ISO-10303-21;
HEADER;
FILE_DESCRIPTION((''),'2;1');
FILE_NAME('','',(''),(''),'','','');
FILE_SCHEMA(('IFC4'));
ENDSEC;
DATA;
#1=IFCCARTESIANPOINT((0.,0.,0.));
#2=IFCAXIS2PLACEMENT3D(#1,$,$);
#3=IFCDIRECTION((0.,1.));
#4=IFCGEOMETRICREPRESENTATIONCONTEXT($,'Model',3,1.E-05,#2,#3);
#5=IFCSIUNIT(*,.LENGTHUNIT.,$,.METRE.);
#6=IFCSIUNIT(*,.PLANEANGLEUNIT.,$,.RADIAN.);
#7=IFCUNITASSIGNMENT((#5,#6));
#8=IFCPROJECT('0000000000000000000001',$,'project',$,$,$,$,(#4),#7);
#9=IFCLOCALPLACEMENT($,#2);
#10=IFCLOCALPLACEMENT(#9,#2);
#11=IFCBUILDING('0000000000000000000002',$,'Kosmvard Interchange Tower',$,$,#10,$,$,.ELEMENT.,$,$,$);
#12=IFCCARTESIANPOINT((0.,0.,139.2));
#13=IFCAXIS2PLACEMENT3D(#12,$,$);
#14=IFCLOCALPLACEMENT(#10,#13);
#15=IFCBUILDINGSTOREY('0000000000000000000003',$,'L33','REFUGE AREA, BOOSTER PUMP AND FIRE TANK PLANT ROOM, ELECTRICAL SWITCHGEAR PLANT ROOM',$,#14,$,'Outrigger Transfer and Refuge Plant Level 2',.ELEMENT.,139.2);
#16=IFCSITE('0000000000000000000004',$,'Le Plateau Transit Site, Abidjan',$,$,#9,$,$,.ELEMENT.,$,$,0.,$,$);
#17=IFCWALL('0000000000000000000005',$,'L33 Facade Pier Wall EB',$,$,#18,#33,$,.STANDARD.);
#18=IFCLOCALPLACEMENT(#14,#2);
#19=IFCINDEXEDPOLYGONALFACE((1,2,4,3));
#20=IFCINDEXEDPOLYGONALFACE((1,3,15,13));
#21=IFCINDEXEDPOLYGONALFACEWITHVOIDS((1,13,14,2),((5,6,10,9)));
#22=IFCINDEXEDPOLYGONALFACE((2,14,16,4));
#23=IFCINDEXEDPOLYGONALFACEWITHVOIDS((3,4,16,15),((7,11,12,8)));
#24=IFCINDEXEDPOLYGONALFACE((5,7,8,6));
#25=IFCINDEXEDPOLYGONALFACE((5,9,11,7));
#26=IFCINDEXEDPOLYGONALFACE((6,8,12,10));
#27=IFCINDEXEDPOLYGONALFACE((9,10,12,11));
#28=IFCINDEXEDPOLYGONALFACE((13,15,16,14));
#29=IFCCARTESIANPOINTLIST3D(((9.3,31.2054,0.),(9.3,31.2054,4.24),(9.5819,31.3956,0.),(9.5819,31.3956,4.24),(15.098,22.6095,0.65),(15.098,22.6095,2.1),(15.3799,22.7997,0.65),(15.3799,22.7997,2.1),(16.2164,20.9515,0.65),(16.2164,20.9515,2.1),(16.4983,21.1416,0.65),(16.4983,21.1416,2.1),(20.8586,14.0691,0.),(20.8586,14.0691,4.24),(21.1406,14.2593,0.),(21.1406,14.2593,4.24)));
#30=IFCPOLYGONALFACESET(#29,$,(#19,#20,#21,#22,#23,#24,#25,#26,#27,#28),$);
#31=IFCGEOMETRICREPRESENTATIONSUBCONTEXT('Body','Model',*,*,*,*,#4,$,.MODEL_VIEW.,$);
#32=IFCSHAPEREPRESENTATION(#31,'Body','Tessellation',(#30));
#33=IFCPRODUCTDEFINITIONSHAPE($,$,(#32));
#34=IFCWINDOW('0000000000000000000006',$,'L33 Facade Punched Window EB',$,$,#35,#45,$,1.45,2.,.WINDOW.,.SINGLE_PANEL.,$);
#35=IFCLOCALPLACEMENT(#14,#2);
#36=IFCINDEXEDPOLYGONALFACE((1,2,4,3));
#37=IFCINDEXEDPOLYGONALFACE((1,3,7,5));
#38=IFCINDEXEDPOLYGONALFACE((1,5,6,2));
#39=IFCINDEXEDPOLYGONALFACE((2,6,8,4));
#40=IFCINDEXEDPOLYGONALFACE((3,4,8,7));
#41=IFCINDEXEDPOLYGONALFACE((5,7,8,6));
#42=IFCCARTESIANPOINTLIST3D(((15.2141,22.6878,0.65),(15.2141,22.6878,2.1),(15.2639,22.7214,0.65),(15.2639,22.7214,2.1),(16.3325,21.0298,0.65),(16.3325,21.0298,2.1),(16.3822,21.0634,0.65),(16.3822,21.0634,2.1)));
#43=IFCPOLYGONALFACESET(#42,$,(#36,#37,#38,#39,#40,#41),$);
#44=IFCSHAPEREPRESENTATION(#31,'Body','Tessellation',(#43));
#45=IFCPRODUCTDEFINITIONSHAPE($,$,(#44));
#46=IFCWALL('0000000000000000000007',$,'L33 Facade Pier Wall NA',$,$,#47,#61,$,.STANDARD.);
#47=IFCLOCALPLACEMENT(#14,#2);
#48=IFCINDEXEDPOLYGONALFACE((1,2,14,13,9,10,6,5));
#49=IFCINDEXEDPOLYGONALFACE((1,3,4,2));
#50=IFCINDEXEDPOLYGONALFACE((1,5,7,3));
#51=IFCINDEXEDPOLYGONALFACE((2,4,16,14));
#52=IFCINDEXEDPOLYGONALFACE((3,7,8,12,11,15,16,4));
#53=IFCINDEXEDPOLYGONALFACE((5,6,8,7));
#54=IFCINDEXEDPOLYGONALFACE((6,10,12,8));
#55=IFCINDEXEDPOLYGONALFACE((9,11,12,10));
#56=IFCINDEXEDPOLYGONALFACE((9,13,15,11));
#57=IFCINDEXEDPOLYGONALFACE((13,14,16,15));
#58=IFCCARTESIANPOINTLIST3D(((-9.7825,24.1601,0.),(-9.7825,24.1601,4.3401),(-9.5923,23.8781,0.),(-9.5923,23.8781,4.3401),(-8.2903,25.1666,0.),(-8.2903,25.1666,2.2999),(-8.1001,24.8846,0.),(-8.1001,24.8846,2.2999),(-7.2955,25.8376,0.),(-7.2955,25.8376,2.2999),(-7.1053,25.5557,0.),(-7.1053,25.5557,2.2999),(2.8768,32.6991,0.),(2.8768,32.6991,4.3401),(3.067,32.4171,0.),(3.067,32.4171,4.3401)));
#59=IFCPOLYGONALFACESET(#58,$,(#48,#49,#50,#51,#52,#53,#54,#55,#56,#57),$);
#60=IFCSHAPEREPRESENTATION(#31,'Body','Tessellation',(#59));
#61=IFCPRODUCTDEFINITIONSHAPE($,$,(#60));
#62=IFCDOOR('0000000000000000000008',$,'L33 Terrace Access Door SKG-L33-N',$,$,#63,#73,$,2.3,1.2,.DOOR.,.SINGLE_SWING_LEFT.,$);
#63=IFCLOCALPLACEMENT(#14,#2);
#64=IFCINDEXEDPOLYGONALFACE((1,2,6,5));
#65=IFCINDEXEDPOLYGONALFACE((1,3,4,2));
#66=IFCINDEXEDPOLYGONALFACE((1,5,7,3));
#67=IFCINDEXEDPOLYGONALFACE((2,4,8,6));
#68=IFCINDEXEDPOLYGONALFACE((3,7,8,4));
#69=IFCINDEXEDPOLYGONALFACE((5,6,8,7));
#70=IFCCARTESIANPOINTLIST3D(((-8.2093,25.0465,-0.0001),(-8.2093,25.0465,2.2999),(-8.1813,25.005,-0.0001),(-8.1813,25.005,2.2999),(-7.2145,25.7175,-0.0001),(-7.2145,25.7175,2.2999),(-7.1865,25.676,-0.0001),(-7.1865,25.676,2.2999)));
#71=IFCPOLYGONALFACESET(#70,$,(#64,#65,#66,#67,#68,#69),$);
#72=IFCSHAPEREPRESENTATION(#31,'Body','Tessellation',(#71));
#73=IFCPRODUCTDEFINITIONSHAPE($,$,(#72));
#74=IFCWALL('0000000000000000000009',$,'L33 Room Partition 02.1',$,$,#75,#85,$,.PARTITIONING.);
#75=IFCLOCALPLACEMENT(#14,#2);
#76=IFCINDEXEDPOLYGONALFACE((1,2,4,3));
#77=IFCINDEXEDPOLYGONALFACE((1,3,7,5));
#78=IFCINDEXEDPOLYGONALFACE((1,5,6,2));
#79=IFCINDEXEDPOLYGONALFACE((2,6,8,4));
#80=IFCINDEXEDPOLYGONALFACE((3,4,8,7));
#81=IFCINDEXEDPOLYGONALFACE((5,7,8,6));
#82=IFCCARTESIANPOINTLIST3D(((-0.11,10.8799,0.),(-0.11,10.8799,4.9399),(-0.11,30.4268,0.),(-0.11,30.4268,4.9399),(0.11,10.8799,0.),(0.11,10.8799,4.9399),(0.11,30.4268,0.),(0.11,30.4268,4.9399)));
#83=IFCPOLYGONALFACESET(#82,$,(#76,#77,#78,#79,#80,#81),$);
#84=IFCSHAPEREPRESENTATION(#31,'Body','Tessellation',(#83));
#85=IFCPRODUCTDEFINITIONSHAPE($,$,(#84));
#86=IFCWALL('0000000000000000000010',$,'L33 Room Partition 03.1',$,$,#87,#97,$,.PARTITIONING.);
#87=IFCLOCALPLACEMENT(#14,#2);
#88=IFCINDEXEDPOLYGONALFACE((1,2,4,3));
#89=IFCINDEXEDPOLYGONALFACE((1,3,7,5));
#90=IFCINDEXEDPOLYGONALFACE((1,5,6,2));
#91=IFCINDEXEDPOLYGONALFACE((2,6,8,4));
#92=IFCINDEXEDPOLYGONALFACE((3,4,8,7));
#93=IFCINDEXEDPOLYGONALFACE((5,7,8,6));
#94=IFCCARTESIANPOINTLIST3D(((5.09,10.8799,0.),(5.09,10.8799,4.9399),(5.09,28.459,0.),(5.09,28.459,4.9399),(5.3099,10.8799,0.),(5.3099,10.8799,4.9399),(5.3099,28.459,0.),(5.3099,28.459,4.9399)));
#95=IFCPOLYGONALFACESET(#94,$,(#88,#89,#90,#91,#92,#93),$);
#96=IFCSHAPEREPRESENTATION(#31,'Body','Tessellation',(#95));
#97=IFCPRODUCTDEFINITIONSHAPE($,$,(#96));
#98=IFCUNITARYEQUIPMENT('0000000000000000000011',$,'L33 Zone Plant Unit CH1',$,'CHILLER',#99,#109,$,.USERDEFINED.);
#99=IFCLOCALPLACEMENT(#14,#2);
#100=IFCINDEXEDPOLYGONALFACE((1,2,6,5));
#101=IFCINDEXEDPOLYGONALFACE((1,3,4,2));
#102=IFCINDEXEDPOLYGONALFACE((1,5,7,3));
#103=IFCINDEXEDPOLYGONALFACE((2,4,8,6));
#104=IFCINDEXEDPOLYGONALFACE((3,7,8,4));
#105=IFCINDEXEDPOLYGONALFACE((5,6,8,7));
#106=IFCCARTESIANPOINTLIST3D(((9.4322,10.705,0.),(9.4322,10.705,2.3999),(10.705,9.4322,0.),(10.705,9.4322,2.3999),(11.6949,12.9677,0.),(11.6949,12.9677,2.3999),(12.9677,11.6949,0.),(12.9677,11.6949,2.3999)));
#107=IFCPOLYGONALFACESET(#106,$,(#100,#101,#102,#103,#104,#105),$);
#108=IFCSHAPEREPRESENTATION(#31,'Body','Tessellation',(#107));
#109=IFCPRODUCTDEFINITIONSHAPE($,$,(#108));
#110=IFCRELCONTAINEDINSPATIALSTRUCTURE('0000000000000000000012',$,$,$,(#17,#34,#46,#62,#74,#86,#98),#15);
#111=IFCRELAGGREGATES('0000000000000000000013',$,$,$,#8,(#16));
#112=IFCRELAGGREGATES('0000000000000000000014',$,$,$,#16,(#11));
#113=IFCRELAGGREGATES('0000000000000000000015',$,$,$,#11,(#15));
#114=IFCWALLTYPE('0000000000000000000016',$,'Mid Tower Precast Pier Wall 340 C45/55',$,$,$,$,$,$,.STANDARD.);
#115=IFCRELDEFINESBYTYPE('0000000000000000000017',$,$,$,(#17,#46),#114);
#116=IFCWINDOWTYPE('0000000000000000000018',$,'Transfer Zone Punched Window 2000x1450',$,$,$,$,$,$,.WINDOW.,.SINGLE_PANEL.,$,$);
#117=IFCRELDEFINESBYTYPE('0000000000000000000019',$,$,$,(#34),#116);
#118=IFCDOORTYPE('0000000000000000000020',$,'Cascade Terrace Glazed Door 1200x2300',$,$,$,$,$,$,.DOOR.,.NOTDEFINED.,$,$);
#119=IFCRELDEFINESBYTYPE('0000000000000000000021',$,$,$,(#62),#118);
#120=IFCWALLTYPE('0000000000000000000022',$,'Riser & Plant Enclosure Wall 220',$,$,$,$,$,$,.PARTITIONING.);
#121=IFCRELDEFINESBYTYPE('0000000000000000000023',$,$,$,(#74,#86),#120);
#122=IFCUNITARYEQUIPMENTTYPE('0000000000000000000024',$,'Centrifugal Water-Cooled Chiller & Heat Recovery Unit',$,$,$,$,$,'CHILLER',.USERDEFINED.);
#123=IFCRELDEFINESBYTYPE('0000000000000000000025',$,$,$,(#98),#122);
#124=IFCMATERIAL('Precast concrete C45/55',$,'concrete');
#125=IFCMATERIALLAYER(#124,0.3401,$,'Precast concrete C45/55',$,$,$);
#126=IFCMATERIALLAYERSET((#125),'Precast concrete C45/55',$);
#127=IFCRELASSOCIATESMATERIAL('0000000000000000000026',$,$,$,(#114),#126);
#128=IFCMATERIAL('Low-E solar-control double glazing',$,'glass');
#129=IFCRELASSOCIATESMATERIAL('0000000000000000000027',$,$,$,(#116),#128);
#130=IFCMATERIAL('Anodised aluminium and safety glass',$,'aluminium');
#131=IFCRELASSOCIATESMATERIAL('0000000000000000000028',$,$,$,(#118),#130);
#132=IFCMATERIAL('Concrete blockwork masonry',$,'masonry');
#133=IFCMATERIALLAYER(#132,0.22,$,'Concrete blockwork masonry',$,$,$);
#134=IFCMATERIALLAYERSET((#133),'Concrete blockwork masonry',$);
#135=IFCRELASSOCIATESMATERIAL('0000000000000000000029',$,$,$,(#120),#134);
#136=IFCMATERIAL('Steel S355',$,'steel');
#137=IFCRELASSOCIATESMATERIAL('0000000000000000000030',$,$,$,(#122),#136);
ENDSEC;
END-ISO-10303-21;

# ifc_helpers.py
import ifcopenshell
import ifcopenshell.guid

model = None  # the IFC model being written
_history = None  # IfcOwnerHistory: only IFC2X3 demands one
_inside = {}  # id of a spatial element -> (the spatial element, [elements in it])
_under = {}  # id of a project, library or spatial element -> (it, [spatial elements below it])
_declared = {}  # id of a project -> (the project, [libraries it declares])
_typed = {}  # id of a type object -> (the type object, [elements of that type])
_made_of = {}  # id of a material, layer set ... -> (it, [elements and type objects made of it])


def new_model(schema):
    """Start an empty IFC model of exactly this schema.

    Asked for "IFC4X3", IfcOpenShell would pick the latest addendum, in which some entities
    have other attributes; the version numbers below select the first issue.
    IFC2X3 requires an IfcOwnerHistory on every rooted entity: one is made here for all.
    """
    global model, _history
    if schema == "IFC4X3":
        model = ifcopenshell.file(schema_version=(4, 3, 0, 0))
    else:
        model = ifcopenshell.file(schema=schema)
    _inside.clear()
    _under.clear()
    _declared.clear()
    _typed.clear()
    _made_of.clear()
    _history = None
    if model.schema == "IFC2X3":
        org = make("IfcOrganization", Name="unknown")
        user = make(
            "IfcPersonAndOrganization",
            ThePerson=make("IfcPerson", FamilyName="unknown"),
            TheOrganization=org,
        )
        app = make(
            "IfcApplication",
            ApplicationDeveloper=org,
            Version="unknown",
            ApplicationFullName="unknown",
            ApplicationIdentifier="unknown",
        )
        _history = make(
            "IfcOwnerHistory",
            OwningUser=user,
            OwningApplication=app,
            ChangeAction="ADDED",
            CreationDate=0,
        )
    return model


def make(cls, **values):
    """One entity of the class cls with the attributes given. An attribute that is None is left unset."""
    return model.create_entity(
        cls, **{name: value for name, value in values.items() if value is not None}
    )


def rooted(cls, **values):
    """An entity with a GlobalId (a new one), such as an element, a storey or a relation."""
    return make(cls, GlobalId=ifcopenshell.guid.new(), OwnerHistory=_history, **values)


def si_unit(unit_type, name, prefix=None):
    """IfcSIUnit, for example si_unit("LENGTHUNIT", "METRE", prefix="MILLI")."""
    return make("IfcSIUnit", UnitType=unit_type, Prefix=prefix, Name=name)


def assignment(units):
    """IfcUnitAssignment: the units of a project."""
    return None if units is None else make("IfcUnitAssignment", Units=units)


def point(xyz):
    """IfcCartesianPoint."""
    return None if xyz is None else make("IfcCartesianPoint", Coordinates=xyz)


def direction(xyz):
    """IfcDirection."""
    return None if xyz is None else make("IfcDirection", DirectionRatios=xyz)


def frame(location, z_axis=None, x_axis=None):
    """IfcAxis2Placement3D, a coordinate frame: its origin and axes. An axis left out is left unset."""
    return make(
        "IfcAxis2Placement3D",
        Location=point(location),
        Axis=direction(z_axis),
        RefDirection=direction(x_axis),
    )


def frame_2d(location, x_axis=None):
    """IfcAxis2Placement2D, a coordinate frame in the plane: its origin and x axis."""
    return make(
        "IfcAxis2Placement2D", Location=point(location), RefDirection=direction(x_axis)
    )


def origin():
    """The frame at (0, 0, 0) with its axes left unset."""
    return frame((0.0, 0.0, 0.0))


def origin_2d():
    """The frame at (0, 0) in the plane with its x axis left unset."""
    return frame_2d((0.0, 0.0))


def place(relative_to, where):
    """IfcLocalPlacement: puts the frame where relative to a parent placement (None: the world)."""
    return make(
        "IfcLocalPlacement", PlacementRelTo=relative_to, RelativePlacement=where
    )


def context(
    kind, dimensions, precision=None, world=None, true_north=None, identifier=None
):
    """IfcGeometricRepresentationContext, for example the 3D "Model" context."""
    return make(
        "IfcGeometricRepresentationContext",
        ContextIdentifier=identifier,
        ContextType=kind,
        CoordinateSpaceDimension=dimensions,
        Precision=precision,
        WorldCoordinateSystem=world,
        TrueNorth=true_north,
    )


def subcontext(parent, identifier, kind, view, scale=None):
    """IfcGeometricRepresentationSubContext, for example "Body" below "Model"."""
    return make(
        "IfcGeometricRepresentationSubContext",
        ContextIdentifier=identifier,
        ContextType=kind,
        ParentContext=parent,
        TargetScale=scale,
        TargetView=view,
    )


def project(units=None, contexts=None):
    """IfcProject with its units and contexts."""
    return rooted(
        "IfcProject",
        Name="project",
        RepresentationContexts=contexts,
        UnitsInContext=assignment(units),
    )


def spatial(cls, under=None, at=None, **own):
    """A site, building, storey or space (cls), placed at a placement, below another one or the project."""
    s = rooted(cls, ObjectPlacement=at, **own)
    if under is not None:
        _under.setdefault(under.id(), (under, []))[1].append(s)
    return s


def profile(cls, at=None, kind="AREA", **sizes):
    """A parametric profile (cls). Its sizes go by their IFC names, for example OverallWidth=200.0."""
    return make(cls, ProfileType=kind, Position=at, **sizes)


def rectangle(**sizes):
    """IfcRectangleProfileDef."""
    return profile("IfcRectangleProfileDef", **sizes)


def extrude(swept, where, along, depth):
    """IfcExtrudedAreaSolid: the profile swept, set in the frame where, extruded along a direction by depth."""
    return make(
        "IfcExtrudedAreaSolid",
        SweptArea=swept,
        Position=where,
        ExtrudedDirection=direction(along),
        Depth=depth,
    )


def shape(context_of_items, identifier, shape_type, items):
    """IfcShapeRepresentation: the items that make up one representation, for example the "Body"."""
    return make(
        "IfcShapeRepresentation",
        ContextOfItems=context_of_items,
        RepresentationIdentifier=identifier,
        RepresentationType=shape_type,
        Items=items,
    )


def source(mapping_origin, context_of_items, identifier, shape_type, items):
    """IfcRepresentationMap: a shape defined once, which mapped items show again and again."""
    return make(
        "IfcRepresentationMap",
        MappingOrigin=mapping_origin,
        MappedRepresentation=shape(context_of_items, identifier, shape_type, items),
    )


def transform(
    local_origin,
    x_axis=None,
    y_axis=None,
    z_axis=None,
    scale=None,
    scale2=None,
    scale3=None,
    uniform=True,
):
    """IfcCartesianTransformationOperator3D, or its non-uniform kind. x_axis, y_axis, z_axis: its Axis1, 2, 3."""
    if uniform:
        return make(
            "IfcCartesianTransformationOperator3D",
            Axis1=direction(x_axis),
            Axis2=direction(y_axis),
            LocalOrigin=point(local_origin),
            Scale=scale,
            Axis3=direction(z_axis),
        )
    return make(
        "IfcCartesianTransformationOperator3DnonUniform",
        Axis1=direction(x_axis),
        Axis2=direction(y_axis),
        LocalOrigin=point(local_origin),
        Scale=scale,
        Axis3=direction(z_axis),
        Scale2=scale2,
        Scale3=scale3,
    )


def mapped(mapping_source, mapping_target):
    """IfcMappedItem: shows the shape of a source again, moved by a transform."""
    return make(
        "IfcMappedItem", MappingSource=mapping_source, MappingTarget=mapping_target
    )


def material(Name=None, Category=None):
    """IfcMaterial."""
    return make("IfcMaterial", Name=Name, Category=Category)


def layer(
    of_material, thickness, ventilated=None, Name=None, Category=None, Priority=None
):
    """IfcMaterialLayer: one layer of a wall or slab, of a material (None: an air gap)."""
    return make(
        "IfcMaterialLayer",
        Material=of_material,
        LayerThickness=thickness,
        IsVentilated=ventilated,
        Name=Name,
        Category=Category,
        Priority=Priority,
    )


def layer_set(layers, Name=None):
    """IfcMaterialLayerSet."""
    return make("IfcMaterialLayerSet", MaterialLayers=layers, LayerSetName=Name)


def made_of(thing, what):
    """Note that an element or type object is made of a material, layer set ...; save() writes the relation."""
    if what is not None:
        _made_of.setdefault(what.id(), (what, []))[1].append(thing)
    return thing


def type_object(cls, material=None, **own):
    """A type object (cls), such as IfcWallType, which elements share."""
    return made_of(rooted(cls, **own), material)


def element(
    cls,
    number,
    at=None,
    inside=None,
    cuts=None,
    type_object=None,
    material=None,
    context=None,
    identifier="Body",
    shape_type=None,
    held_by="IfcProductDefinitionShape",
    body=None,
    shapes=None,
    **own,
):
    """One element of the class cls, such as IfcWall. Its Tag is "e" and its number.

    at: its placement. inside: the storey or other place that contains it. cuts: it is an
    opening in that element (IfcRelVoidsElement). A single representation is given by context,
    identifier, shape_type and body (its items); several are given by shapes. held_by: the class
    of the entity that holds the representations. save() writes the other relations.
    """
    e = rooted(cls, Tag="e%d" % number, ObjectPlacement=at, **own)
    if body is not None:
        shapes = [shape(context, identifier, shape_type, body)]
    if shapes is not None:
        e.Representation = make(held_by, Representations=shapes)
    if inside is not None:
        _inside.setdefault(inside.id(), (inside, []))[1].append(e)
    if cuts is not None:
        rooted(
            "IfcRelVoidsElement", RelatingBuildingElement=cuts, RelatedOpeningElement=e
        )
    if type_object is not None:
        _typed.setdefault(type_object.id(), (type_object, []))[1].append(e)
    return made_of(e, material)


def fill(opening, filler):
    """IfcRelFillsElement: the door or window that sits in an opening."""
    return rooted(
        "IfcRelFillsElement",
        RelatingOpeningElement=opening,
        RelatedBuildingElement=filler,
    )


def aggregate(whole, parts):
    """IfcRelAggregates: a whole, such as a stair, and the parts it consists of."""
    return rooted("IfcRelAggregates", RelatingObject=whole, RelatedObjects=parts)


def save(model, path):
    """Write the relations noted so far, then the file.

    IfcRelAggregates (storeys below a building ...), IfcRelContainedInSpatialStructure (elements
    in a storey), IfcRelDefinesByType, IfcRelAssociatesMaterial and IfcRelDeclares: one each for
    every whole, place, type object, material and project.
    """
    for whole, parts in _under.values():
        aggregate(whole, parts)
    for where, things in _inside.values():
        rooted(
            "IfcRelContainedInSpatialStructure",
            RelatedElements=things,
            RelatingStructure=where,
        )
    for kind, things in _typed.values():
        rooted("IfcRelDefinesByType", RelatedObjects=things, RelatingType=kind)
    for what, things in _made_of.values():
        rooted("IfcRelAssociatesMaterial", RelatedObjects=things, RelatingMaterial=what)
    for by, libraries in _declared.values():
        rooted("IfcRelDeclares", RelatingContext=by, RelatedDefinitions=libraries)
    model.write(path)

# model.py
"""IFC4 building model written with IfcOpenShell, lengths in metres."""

from ifc_helpers import new_model, si_unit, direction, frame, frame_2d, origin, origin_2d, place, context, subcontext, project, spatial, rectangle, extrude, source, transform, mapped, material, layer, layer_set, type_object, element, fill, save


model = new_model("IFC4")

# Units and contexts
model_context = context("Model", 3, precision=1e-05, world=origin(), true_north=direction((0.0, 1.0)))
body_context = subcontext(model_context, "Body", "Model", "MODEL_VIEW")
ifc_project = project(units=[si_unit("LENGTHUNIT", "METRE"), si_unit("PLANEANGLEUNIT", "RADIAN")], contexts=[model_context])

# Site, building, storey
site_placement = place(None, origin())
site = spatial("IfcSite", under=ifc_project, at=site_placement, Name="Le Plateau Transit Site, Abidjan", CompositionType="ELEMENT", RefElevation=0.0)
building_placement = place(site_placement, origin())
building = spatial("IfcBuilding", under=site, at=building_placement, Name="Kosmvard Interchange Tower", CompositionType="ELEMENT")
storey_placement = place(building_placement, frame((0.0, 0.0, 139.2)))
storey = spatial("IfcBuildingStorey", under=building, at=storey_placement, Name="L33", Description="REFUGE AREA, BOOSTER PUMP AND FIRE TANK PLANT ROOM, ELECTRICAL SWITCHGEAR PLANT ROOM", LongName="Outrigger Transfer and Refuge Plant Level 2", CompositionType="ELEMENT", Elevation=139.2)

# Shared definitions
ifc_material_1 = material(Name="Steel S355", Category="steel")

# Shared definitions
ifc_material_2 = material(Name="Precast concrete C45/55", Category="concrete")
ifc_layer_1 = layer(ifc_material_2, 0.3401, Name="Precast concrete C45/55")
ifc_layer_set_1 = layer_set([ifc_layer_1], Name="Precast concrete C45/55")
wall_type_1 = type_object("IfcWallType", Name="Mid Tower Precast Pier Wall 340 C45/55", PredefinedType="STANDARD", material=ifc_layer_set_1)

# Wall, opening, window
wall_1_placement = place(storey_placement, frame((20.9995, 14.1643, 0.0), z_axis=(0.0, 0.0, 1.0), x_axis=(-0.559195, 0.829036, 0.0)))
wall_1 = element("IfcWall", 1, at=wall_1_placement, inside=storey, type_object=wall_type_1, Name="L33 Facade Pier Wall EB", PredefinedType="STANDARD", context=body_context, shape_type="SweptSolid", body=[
    extrude(rectangle(XDim=20.6702, YDim=0.3401, at=frame_2d((10.335, 0.0))), origin(), (0.0, 0.0, 1.0), 4.24),
])
opening_1_placement = place(wall_1_placement, frame((8.3015, 0.0, 0.6499)))
opening_1 = element("IfcOpeningElement", 2, at=opening_1_placement, cuts=wall_1, PredefinedType="OPENING", context=body_context, shape_type="SweptSolid", body=[
    extrude(rectangle(XDim=2.0, YDim=1.45, at=frame_2d((1.0, 0.7251))), frame((0.0, 0.1802, 0.0), z_axis=(0.0, -1.0, 0.0), x_axis=(1.0, 0.0, 0.0)), (0.0, 0.0, 1.0), 0.3601),
])
ifc_material_3 = material(Name="Low-E solar-control double glazing", Category="glass")
window_type = type_object("IfcWindowType", Name="Transfer Zone Punched Window 2000x1450", PartitioningType="SINGLE_PANEL", PredefinedType="WINDOW", material=ifc_material_3)
shared_shape_1 = source(origin(), body_context, "Body", "SweptSolid", [
    extrude(rectangle(XDim=2.0, YDim=1.45, at=frame_2d((1.0, 0.7251))), frame((0.0, 0.03, 0.0), z_axis=(0.0, -1.0, 0.0), x_axis=(1.0, 0.0, 0.0)), (0.0, 0.0, 1.0), 0.0601),
])
window_placement = place(opening_1_placement, origin())
window = element("IfcWindow", 3, at=window_placement, inside=storey, type_object=window_type, Name="L33 Facade Punched Window EB", OverallHeight=1.45, OverallWidth=2.0, PartitioningType="SINGLE_PANEL", PredefinedType="WINDOW", context=body_context, shape_type="MappedRepresentation", body=[
    mapped(shared_shape_1, transform((0.0, 0.0, 0.0), scale=1.0)),
])
fill(opening_1, window)

# Wall, opening, door
wall_2_placement = place(storey_placement, frame((2.9719, 32.5581, 0.0), z_axis=(0.0, 0.0, 1.0), x_axis=(-0.829032, -0.559201, 0.0)))
wall_2 = element("IfcWall", 4, at=wall_2_placement, inside=storey, type_object=wall_type_1, Name="L33 Facade Pier Wall NA", PredefinedType="STANDARD", context=body_context, shape_type="SweptSolid", body=[
    extrude(rectangle(XDim=15.27, YDim=0.3401, at=frame_2d((7.635, 0.0))), origin(), (0.0, 0.0, 1.0), 4.3401),
])
opening_2_placement = place(wall_2_placement, frame((12.27, 0.0, 0.0)))
opening_2 = element("IfcOpeningElement", 5, at=opening_2_placement, cuts=wall_2, PredefinedType="OPENING", context=body_context, shape_type="SweptSolid", body=[
    extrude(rectangle(XDim=1.2, YDim=2.3, at=frame_2d((0.6001, 1.1499))), frame((0.0, 0.1802, 0.0), z_axis=(0.0, -1.0, 0.0), x_axis=(1.0, 0.0, 0.0)), (0.0, 0.0, 1.0), 0.3601),
])
ifc_material_4 = material(Name="Anodised aluminium and safety glass", Category="aluminium")
door_type = type_object("IfcDoorType", Name="Cascade Terrace Glazed Door 1200x2300", OperationType="NOTDEFINED", PredefinedType="DOOR", material=ifc_material_4)
shared_shape_2 = source(origin(), body_context, "Body", "SweptSolid", [
    extrude(rectangle(XDim=1.2, YDim=2.3, at=frame_2d((0.6001, 1.1499))), frame((0.0, 0.0249, 0.0), z_axis=(0.0, -1.0, 0.0), x_axis=(1.0, 0.0, 0.0)), (0.0, 0.0, 1.0), 0.05),
])
door_placement = place(opening_2_placement, origin())
door = element("IfcDoor", 6, at=door_placement, inside=storey, type_object=door_type, Name="L33 Terrace Access Door SKG-L33-N", OperationType="SINGLE_SWING_LEFT", OverallHeight=2.3, OverallWidth=1.2, PredefinedType="DOOR", context=body_context, shape_type="MappedRepresentation", body=[
    mapped(shared_shape_2, transform((0.0, 0.0, 0.0), scale=1.0)),
])
fill(opening_2, door)

# Walls
ifc_material_5 = material(Name="Concrete blockwork masonry", Category="masonry")
ifc_layer_2 = layer(ifc_material_5, 0.22, Name="Concrete blockwork masonry")
ifc_layer_set_2 = layer_set([ifc_layer_2], Name="Concrete blockwork masonry")
wall_type_2 = type_object("IfcWallType", Name="Riser & Plant Enclosure Wall 220", PredefinedType="PARTITIONING", material=ifc_layer_set_2)
wall_3_placement = place(storey_placement, frame((0.0, 10.8799, 0.0), z_axis=(0.0, 0.0, 1.0), x_axis=(0.0, 1.0, 0.0)))
element("IfcWall", 7, at=wall_3_placement, inside=storey, type_object=wall_type_2, Name="L33 Room Partition 02.1", PredefinedType="PARTITIONING", context=body_context, shape_type="SweptSolid", body=[
    extrude(rectangle(XDim=19.5469, YDim=0.22, at=frame_2d((9.7734, 0.0))), origin(), (0.0, 0.0, 1.0), 4.9399),
])
wall_4_placement = place(storey_placement, frame((5.2, 10.8799, 0.0), z_axis=(0.0, 0.0, 1.0), x_axis=(0.0, 1.0, 0.0)))
element("IfcWall", 8, at=wall_4_placement, inside=storey, type_object=wall_type_2, Name="L33 Room Partition 03.1", PredefinedType="PARTITIONING", context=body_context, shape_type="SweptSolid", body=[
    extrude(rectangle(XDim=17.5791, YDim=0.22, at=frame_2d((8.7896, 0.0))), origin(), (0.0, 0.0, 1.0), 4.9399),
])

# Unitary equipment
unitary_equipment_type = type_object("IfcUnitaryEquipmentType", Name="Centrifugal Water-Cooled Chiller & Heat Recovery Unit", ElementType="CHILLER", PredefinedType="USERDEFINED", material=ifc_material_1)
shared_shape_3 = source(origin(), body_context, "Body", "SweptSolid", [
    extrude(rectangle(XDim=3.2, YDim=1.8, at=origin_2d()), origin(), (0.0, 0.0, 1.0), 2.3999),
])
unitary_equipment_placement = place(storey_placement, frame((11.2, 11.2, 0.0), z_axis=(0.0, 0.0, 1.0), x_axis=(0.707107, 0.707107, 0.0)))
element("IfcUnitaryEquipment", 9, at=unitary_equipment_placement, inside=storey, type_object=unitary_equipment_type, Name="L33 Zone Plant Unit CH1", ObjectType="CHILLER", PredefinedType="USERDEFINED", context=body_context, shape_type="MappedRepresentation", body=[
    mapped(shared_shape_3, transform((0.0, 0.0, 0.0), scale=1.0)),
])

save(model, "model.ifc")
